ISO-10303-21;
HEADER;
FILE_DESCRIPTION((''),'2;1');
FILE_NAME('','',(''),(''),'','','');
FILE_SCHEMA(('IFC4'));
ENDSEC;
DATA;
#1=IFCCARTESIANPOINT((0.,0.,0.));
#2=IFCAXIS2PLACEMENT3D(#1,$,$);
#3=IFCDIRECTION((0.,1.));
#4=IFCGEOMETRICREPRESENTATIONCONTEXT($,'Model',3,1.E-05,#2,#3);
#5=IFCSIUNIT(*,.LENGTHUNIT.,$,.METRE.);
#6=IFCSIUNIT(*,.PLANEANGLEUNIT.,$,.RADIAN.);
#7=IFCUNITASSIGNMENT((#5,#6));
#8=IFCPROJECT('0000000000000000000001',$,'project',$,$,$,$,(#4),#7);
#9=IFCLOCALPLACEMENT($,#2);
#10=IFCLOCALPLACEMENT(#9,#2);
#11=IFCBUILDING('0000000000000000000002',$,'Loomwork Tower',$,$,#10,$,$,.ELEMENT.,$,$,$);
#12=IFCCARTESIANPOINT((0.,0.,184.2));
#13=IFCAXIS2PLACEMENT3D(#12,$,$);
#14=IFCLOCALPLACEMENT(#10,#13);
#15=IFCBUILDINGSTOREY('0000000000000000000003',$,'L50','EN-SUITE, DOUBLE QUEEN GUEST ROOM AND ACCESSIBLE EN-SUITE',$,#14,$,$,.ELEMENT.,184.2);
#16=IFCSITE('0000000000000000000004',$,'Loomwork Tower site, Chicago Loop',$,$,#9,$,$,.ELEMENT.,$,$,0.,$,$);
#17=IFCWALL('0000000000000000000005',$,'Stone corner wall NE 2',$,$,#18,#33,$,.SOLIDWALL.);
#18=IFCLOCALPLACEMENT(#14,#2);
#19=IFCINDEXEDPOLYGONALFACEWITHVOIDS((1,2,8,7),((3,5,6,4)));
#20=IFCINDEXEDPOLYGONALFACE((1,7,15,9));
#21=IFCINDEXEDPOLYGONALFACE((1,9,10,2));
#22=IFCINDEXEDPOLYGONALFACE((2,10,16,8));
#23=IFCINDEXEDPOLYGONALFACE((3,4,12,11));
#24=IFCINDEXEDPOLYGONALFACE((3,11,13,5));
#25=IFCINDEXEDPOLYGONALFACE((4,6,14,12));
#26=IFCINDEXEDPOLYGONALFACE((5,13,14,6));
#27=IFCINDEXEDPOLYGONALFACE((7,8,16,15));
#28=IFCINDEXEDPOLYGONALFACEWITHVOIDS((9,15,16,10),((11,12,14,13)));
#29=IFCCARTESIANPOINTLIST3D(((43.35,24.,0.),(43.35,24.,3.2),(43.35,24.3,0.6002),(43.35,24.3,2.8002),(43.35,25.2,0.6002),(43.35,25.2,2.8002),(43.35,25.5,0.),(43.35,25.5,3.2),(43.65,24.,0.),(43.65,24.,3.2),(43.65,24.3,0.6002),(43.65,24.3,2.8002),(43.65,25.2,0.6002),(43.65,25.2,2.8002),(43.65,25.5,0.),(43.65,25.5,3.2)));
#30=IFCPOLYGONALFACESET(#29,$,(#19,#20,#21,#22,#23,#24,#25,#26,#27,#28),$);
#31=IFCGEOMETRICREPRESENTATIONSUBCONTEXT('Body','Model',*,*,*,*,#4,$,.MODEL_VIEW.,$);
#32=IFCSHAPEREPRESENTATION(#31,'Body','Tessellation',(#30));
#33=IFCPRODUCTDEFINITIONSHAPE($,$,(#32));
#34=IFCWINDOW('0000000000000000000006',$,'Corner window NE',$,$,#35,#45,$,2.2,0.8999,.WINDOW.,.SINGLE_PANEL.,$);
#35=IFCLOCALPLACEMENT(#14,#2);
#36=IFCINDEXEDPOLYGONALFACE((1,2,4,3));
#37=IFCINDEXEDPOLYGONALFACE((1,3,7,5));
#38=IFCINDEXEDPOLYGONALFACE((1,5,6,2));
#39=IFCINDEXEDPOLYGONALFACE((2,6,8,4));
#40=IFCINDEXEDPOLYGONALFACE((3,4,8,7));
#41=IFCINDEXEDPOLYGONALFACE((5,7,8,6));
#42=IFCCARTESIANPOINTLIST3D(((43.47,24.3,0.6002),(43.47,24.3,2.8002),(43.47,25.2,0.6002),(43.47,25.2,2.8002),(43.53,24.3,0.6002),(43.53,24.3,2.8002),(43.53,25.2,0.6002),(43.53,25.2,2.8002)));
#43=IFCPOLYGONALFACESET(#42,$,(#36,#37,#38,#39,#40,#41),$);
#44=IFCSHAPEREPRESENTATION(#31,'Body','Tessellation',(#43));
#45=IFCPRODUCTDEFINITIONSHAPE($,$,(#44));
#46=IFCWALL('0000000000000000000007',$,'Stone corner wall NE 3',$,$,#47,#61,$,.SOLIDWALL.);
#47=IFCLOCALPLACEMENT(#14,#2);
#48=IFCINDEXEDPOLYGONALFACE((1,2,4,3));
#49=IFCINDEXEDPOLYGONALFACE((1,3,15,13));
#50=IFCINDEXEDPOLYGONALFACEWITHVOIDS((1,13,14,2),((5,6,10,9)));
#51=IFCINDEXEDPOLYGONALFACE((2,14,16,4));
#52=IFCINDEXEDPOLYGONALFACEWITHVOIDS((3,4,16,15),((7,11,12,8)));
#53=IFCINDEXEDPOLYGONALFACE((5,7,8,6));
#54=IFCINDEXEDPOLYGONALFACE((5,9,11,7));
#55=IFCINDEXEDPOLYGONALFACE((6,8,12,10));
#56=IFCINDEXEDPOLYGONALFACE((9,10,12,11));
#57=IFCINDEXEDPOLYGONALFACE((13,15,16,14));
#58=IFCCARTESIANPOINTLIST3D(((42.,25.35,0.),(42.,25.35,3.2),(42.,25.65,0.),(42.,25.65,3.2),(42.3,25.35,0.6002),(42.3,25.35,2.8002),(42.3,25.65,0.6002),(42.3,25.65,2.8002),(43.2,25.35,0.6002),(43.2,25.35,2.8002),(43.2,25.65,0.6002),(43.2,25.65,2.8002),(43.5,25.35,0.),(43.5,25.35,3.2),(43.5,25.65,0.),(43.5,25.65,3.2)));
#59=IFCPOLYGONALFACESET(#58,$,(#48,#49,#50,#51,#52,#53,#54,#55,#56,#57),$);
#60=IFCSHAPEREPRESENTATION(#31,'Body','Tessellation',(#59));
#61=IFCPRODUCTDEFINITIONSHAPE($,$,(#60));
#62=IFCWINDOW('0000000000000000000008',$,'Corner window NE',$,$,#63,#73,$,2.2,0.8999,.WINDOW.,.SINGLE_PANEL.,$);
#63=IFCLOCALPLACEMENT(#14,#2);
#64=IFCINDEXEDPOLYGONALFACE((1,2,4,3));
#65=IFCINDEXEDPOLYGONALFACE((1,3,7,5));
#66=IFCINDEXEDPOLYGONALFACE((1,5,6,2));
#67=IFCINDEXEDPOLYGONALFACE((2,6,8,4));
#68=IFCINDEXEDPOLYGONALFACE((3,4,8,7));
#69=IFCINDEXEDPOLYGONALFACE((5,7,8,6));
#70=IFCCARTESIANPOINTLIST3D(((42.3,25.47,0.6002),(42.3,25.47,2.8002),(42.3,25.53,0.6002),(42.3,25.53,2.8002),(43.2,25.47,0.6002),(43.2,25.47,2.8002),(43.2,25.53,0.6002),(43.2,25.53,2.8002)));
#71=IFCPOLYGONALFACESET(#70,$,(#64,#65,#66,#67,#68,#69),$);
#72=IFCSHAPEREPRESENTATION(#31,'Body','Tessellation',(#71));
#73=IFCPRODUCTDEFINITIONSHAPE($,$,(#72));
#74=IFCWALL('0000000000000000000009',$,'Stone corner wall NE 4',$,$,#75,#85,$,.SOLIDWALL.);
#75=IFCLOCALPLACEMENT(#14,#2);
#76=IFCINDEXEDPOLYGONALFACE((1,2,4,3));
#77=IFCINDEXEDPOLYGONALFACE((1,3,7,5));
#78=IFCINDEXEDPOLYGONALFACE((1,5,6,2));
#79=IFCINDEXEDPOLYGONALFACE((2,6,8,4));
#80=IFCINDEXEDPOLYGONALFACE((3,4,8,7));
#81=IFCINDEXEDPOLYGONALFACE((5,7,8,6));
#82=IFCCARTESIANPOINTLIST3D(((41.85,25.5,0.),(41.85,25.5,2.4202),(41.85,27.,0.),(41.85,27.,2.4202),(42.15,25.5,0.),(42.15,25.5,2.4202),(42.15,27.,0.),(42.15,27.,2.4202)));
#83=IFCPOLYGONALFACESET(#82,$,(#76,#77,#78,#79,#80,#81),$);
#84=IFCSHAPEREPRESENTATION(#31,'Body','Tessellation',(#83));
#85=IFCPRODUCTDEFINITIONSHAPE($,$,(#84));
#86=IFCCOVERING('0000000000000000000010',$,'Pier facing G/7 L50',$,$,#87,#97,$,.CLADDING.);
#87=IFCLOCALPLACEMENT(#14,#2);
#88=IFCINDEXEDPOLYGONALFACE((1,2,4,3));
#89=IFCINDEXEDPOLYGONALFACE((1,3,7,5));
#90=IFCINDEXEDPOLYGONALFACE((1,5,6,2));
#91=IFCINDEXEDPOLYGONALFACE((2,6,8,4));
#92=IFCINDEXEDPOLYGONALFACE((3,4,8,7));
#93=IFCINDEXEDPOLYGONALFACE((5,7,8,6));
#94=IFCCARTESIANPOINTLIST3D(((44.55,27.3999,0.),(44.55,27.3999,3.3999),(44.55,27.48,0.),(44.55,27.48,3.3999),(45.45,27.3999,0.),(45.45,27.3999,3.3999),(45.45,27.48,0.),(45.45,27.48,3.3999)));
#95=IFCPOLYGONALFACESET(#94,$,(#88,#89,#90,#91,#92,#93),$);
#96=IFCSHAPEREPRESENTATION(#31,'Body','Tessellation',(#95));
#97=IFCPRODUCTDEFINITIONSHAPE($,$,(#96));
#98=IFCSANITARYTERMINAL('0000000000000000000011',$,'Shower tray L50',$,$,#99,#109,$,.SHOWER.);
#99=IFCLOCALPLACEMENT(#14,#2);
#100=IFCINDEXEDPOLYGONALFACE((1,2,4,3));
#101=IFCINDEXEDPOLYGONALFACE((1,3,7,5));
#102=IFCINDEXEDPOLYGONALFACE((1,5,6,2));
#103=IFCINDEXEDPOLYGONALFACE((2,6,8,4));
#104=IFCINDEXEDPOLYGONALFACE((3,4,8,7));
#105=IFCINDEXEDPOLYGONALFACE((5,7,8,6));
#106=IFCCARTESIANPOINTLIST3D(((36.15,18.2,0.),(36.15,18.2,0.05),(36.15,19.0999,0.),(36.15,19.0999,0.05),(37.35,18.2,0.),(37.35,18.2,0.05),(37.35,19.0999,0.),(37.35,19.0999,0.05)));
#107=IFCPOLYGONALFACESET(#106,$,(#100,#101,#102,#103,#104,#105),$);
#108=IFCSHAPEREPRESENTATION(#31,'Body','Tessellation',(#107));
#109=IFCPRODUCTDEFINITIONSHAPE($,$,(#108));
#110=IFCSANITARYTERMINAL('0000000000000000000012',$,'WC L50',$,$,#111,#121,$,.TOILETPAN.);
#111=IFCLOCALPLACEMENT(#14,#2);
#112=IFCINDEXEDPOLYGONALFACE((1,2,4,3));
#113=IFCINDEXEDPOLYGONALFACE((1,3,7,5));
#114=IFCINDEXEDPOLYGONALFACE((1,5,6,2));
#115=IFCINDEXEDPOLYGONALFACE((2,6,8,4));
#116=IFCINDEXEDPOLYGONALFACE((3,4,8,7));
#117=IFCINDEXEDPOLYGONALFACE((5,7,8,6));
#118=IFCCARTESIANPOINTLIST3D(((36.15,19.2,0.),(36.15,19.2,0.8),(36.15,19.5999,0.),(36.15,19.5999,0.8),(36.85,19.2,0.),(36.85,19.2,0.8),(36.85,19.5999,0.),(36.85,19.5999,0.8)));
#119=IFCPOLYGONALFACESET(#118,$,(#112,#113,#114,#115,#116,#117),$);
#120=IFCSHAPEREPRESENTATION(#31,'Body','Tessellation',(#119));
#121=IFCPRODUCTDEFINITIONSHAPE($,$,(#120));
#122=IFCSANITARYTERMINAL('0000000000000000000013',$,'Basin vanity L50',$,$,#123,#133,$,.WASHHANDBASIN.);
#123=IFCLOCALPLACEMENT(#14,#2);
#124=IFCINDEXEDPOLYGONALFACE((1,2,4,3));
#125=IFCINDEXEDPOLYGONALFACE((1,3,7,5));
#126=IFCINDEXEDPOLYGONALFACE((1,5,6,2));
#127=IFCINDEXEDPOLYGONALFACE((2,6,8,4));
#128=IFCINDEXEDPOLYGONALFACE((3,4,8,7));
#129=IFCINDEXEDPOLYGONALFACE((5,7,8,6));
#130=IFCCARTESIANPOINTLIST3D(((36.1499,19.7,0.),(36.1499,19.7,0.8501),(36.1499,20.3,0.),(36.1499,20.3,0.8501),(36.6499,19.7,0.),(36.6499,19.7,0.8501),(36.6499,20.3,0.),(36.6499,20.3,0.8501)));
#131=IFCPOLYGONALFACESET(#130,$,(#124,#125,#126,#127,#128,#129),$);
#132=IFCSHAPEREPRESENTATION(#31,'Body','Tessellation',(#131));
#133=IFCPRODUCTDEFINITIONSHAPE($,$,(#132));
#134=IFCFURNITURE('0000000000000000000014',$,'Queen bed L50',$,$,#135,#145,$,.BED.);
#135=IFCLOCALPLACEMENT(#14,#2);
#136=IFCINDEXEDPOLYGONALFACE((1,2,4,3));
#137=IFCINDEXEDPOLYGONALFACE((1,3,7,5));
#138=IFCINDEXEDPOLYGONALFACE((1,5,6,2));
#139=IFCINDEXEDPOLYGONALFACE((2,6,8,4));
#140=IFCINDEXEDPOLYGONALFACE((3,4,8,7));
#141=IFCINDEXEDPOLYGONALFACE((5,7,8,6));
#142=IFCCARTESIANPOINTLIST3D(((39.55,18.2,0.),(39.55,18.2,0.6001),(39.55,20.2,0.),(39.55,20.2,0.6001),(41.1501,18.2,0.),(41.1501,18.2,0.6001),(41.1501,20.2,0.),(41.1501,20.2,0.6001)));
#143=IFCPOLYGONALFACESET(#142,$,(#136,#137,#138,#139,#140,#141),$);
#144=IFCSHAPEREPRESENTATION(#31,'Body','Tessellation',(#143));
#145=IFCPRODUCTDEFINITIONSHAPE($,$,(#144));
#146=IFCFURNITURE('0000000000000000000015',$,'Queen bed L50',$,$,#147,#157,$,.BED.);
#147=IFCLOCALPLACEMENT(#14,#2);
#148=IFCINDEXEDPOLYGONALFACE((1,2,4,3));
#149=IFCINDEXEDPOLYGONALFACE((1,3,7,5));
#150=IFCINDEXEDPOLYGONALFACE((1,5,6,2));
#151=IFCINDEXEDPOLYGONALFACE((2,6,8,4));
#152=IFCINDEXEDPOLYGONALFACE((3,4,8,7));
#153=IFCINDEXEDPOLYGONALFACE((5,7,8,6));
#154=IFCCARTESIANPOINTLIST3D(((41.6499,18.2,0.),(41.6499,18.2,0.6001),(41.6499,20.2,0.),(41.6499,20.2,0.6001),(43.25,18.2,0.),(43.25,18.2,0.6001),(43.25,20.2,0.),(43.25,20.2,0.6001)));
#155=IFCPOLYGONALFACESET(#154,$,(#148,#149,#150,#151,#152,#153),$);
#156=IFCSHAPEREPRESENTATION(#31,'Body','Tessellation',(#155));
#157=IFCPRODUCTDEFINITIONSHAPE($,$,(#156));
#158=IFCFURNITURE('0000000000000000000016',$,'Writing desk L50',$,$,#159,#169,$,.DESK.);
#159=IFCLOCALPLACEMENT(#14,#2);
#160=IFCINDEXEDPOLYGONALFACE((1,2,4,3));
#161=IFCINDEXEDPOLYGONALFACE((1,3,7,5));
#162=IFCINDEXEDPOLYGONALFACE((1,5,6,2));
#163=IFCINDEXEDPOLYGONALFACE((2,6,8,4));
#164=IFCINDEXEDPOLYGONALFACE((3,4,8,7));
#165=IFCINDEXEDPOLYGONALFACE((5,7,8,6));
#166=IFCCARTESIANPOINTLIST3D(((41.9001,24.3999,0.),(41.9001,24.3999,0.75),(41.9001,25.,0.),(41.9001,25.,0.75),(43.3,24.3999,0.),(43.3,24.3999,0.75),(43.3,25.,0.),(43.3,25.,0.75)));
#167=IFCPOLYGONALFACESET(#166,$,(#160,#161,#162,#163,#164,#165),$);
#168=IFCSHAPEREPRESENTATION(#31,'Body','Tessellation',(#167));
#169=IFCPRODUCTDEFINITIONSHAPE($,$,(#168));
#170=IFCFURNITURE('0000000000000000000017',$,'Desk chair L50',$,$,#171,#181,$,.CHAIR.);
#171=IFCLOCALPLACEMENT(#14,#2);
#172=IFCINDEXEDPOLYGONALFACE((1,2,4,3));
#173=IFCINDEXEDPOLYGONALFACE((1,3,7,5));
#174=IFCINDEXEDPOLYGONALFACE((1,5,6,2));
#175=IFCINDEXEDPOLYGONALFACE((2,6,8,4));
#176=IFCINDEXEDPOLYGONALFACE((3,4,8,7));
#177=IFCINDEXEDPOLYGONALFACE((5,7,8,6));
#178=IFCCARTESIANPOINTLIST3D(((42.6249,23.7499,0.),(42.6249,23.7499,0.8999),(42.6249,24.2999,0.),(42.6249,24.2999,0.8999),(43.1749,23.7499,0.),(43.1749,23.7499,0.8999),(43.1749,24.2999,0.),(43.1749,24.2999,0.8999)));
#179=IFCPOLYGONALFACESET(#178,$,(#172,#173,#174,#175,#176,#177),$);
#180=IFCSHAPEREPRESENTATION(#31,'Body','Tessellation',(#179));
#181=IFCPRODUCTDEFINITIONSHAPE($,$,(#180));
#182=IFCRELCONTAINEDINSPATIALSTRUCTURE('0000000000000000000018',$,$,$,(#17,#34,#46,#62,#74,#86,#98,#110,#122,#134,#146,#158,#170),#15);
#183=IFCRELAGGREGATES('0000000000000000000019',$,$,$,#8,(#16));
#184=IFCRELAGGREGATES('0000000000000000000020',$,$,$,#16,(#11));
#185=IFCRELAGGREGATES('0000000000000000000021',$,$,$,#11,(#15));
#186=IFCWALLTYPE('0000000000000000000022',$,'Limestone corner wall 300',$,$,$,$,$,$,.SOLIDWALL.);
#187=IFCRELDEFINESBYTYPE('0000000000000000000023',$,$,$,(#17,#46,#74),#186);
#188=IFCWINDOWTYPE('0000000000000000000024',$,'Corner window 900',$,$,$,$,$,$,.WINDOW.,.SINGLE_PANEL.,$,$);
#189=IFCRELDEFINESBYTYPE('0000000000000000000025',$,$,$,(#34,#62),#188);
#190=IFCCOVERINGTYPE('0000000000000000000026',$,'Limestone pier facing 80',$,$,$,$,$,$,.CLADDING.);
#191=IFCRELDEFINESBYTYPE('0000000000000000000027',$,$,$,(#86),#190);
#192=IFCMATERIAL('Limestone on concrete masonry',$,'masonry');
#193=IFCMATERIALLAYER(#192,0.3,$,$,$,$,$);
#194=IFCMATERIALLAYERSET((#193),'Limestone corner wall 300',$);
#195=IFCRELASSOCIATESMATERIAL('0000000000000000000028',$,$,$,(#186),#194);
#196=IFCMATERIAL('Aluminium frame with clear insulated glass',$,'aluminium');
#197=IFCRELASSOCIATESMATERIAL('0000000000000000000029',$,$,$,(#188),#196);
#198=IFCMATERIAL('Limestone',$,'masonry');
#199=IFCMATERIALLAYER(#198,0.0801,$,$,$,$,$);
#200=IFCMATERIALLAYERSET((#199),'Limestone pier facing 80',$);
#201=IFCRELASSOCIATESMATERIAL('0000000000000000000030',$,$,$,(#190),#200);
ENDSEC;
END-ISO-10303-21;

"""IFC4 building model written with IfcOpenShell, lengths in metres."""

from ifc_helpers import new_model, si_unit, direction, frame, frame_2d, origin, origin_2d, place, context, subcontext, project, spatial, rectangle, extrude, material, layer, layer_set, type_object, element, fill, save


model = new_model("IFC4")

# Units and contexts
model_context = context("Model", 3, precision=1e-05, world=origin(), true_north=direction((0.0, 1.0)))
body_context = subcontext(model_context, "Body", "Model", "MODEL_VIEW")
ifc_project = project(units=[si_unit("LENGTHUNIT", "METRE"), si_unit("PLANEANGLEUNIT", "RADIAN")], contexts=[model_context])

# Site, building, storey
site_placement = place(None, origin())
site = spatial("IfcSite", under=ifc_project, at=site_placement, Name="Loomwork Tower site, Chicago Loop", CompositionType="ELEMENT", RefElevation=0.0)
building_placement = place(site_placement, origin())
building = spatial("IfcBuilding", under=site, at=building_placement, Name="Loomwork Tower", CompositionType="ELEMENT")
storey_placement = place(building_placement, frame((0.0, 0.0, 184.2)))
storey = spatial("IfcBuildingStorey", under=building, at=storey_placement, Name="L50", Description="EN-SUITE, DOUBLE QUEEN GUEST ROOM AND ACCESSIBLE EN-SUITE", CompositionType="ELEMENT", Elevation=184.2)

# Shared definitions
ifc_material_1 = material(Name="Limestone on concrete masonry", Category="masonry")
ifc_layer_1 = layer(ifc_material_1, 0.3)
ifc_layer_set_1 = layer_set([ifc_layer_1], Name="Limestone corner wall 300")
wall_type = type_object("IfcWallType", Name="Limestone corner wall 300", PredefinedType="SOLIDWALL", material=ifc_layer_set_1)

# Walls, openings, windows
wall_1_placement = place(storey_placement, frame((43.5, 24.0, 0.0), z_axis=(0.0, 0.0, 1.0), x_axis=(0.0, 1.0, 0.0)))
wall_1 = element("IfcWall", 1, at=wall_1_placement, inside=storey, type_object=wall_type, Name="Stone corner wall NE 2", PredefinedType="SOLIDWALL", context=body_context, shape_type="SweptSolid", body=[
    extrude(rectangle(XDim=1.5, YDim=0.3, at=frame_2d((0.75, 0.0))), origin(), (0.0, 0.0, 1.0), 3.2),
])
opening_1_placement = place(wall_1_placement, frame((0.3, 0.0, 0.6001)))
opening_1 = element("IfcOpeningElement", 2, at=opening_1_placement, cuts=wall_1, PredefinedType="OPENING", context=body_context, shape_type="SweptSolid", body=[
    extrude(rectangle(XDim=0.8999, YDim=2.2, at=frame_2d((0.45, 1.1001))), frame((0.0, 0.1599, 0.0), z_axis=(0.0, -1.0, 0.0), x_axis=(1.0, 0.0, 0.0)), (0.0, 0.0, 1.0), 0.3201),
])
ifc_material_2 = material(Name="Aluminium frame with clear insulated glass", Category="aluminium")
window_type = type_object("IfcWindowType", Name="Corner window 900", PartitioningType="SINGLE_PANEL", PredefinedType="WINDOW", material=ifc_material_2)
window_1_placement = place(opening_1_placement, origin())
window_1 = element("IfcWindow", 3, at=window_1_placement, inside=storey, type_object=window_type, Name="Corner window NE", OverallHeight=2.2, OverallWidth=0.8999, PartitioningType="SINGLE_PANEL", PredefinedType="WINDOW", context=body_context, shape_type="SweptSolid", body=[
    extrude(rectangle(XDim=0.8999, YDim=2.2, at=frame_2d((0.45, 1.1001))), frame((0.0, 0.03, 0.0), z_axis=(0.0, -1.0, 0.0), x_axis=(1.0, 0.0, 0.0)), (0.0, 0.0, 1.0), 0.0601),
])
fill(opening_1, window_1)
wall_2_placement = place(storey_placement, frame((43.5, 25.5, 0.0), z_axis=(0.0, 0.0, 1.0), x_axis=(-1.0, 0.0, 0.0)))
wall_2 = element("IfcWall", 4, at=wall_2_placement, inside=storey, type_object=wall_type, Name="Stone corner wall NE 3", PredefinedType="SOLIDWALL", context=body_context, shape_type="SweptSolid", body=[
    extrude(rectangle(XDim=1.5, YDim=0.3, at=frame_2d((0.75, 0.0))), origin(), (0.0, 0.0, 1.0), 3.2),
])
opening_2_placement = place(wall_2_placement, frame((0.3, 0.0, 0.6001)))
opening_2 = element("IfcOpeningElement", 5, at=opening_2_placement, cuts=wall_2, PredefinedType="OPENING", context=body_context, shape_type="SweptSolid", body=[
    extrude(rectangle(XDim=0.8999, YDim=2.2, at=frame_2d((0.45, 1.1001))), frame((0.0, 0.1599, 0.0), z_axis=(0.0, -1.0, 0.0), x_axis=(1.0, 0.0, 0.0)), (0.0, 0.0, 1.0), 0.3201),
])
window_2_placement = place(opening_2_placement, origin())
window_2 = element("IfcWindow", 6, at=window_2_placement, inside=storey, type_object=window_type, Name="Corner window NE", OverallHeight=2.2, OverallWidth=0.8999, PartitioningType="SINGLE_PANEL", PredefinedType="WINDOW", context=body_context, shape_type="SweptSolid", body=[
    extrude(rectangle(XDim=0.8999, YDim=2.2, at=frame_2d((0.45, 1.1001))), frame((0.0, 0.03, 0.0), z_axis=(0.0, -1.0, 0.0), x_axis=(1.0, 0.0, 0.0)), (0.0, 0.0, 1.0), 0.0601),
])
fill(opening_2, window_2)

# Wall
wall_3_placement = place(storey_placement, frame((42.0, 25.5, 0.0), z_axis=(0.0, 0.0, 1.0), x_axis=(0.0, 1.0, 0.0)))
element("IfcWall", 7, at=wall_3_placement, inside=storey, type_object=wall_type, Name="Stone corner wall NE 4", PredefinedType="SOLIDWALL", context=body_context, shape_type="SweptSolid", body=[
    extrude(rectangle(XDim=1.5, YDim=0.3, at=frame_2d((0.75, 0.0))), origin(), (0.0, 0.0, 1.0), 2.4202),
])

# Covering
ifc_material_3 = material(Name="Limestone", Category="masonry")
ifc_layer_2 = layer(ifc_material_3, 0.0801)
ifc_layer_set_2 = layer_set([ifc_layer_2], Name="Limestone pier facing 80")
covering_type = type_object("IfcCoveringType", Name="Limestone pier facing 80", PredefinedType="CLADDING", material=ifc_layer_set_2)
covering_placement = place(storey_placement, frame((45.0, 27.4399, 0.0), z_axis=(0.0, 0.0, 1.0), x_axis=(1.0, 0.0, 0.0)))
element("IfcCovering", 8, at=covering_placement, inside=storey, type_object=covering_type, Name="Pier facing G/7 L50", PredefinedType="CLADDING", context=body_context, shape_type="SweptSolid", body=[
    extrude(rectangle(XDim=0.8999, YDim=0.0801, at=origin_2d()), origin(), (0.0, 0.0, 1.0), 3.3999),
])

# Sanitary terminals
sanitary_terminal_1_placement = place(storey_placement, frame((36.75, 18.6499, 0.0), z_axis=(0.0, 0.0, 1.0), x_axis=(1.0, 0.0, 0.0)))
element("IfcSanitaryTerminal", 9, at=sanitary_terminal_1_placement, inside=storey, Name="Shower tray L50", PredefinedType="SHOWER", context=body_context, shape_type="SweptSolid", body=[
    extrude(rectangle(XDim=1.2, YDim=0.8999, at=origin_2d()), origin(), (0.0, 0.0, 1.0), 0.05),
])
sanitary_terminal_2_placement = place(storey_placement, frame((36.5, 19.3999, 0.0), z_axis=(0.0, 0.0, 1.0), x_axis=(1.0, 0.0, 0.0)))
element("IfcSanitaryTerminal", 10, at=sanitary_terminal_2_placement, inside=storey, Name="WC L50", PredefinedType="TOILETPAN", context=body_context, shape_type="SweptSolid", body=[
    extrude(rectangle(XDim=0.7, YDim=0.3999, at=origin_2d()), origin(), (0.0, 0.0, 1.0), 0.8),
])
sanitary_terminal_3_placement = place(storey_placement, frame((36.3999, 20.0, 0.0), z_axis=(0.0, 0.0, 1.0), x_axis=(1.0, 0.0, 0.0)))
element("IfcSanitaryTerminal", 11, at=sanitary_terminal_3_placement, inside=storey, Name="Basin vanity L50", PredefinedType="WASHHANDBASIN", context=body_context, shape_type="SweptSolid", body=[
    extrude(rectangle(XDim=0.5, YDim=0.6001, at=origin_2d()), origin(), (0.0, 0.0, 1.0), 0.8501),
])

# Furniture
for number, where, z_axis, x_axis, name in (
    (12, (40.3501, 19.2, 0.0), (0.0, 0.0, 1.0), (1.0, 0.0, 0.0), "Queen bed L50"),
    (13, (42.45, 19.2, 0.0), (0.0, 0.0, 1.0), (1.0, 0.0, 0.0), "Queen bed L50"),
):
    element("IfcFurniture", number, at=place(storey_placement, frame(where, z_axis=z_axis, x_axis=x_axis)), inside=storey, Name=name, PredefinedType="BED", context=body_context, shape_type="SweptSolid", body=[
        extrude(rectangle(XDim=1.6001, YDim=2.0, at=origin_2d()), origin(), (0.0, 0.0, 1.0), 0.6001),
    ])
furniture_1_placement = place(storey_placement, frame((42.6001, 24.7, 0.0), z_axis=(0.0, 0.0, 1.0), x_axis=(1.0, 0.0, 0.0)))
element("IfcFurniture", 14, at=furniture_1_placement, inside=storey, Name="Writing desk L50", PredefinedType="DESK", context=body_context, shape_type="SweptSolid", body=[
    extrude(rectangle(XDim=1.3999, YDim=0.6001, at=origin_2d()), origin(), (0.0, 0.0, 1.0), 0.75),
])
furniture_2_placement = place(storey_placement, frame((42.8999, 24.0249, 0.0), z_axis=(0.0, 0.0, 1.0), x_axis=(1.0, 0.0, 0.0)))
element("IfcFurniture", 15, at=furniture_2_placement, inside=storey, Name="Desk chair L50", PredefinedType="CHAIR", context=body_context, shape_type="SweptSolid", body=[
    extrude(rectangle(XDim=0.55, YDim=0.55, at=origin_2d()), origin(), (0.0, 0.0, 1.0), 0.8999),
])

save(model, "model.ifc")
